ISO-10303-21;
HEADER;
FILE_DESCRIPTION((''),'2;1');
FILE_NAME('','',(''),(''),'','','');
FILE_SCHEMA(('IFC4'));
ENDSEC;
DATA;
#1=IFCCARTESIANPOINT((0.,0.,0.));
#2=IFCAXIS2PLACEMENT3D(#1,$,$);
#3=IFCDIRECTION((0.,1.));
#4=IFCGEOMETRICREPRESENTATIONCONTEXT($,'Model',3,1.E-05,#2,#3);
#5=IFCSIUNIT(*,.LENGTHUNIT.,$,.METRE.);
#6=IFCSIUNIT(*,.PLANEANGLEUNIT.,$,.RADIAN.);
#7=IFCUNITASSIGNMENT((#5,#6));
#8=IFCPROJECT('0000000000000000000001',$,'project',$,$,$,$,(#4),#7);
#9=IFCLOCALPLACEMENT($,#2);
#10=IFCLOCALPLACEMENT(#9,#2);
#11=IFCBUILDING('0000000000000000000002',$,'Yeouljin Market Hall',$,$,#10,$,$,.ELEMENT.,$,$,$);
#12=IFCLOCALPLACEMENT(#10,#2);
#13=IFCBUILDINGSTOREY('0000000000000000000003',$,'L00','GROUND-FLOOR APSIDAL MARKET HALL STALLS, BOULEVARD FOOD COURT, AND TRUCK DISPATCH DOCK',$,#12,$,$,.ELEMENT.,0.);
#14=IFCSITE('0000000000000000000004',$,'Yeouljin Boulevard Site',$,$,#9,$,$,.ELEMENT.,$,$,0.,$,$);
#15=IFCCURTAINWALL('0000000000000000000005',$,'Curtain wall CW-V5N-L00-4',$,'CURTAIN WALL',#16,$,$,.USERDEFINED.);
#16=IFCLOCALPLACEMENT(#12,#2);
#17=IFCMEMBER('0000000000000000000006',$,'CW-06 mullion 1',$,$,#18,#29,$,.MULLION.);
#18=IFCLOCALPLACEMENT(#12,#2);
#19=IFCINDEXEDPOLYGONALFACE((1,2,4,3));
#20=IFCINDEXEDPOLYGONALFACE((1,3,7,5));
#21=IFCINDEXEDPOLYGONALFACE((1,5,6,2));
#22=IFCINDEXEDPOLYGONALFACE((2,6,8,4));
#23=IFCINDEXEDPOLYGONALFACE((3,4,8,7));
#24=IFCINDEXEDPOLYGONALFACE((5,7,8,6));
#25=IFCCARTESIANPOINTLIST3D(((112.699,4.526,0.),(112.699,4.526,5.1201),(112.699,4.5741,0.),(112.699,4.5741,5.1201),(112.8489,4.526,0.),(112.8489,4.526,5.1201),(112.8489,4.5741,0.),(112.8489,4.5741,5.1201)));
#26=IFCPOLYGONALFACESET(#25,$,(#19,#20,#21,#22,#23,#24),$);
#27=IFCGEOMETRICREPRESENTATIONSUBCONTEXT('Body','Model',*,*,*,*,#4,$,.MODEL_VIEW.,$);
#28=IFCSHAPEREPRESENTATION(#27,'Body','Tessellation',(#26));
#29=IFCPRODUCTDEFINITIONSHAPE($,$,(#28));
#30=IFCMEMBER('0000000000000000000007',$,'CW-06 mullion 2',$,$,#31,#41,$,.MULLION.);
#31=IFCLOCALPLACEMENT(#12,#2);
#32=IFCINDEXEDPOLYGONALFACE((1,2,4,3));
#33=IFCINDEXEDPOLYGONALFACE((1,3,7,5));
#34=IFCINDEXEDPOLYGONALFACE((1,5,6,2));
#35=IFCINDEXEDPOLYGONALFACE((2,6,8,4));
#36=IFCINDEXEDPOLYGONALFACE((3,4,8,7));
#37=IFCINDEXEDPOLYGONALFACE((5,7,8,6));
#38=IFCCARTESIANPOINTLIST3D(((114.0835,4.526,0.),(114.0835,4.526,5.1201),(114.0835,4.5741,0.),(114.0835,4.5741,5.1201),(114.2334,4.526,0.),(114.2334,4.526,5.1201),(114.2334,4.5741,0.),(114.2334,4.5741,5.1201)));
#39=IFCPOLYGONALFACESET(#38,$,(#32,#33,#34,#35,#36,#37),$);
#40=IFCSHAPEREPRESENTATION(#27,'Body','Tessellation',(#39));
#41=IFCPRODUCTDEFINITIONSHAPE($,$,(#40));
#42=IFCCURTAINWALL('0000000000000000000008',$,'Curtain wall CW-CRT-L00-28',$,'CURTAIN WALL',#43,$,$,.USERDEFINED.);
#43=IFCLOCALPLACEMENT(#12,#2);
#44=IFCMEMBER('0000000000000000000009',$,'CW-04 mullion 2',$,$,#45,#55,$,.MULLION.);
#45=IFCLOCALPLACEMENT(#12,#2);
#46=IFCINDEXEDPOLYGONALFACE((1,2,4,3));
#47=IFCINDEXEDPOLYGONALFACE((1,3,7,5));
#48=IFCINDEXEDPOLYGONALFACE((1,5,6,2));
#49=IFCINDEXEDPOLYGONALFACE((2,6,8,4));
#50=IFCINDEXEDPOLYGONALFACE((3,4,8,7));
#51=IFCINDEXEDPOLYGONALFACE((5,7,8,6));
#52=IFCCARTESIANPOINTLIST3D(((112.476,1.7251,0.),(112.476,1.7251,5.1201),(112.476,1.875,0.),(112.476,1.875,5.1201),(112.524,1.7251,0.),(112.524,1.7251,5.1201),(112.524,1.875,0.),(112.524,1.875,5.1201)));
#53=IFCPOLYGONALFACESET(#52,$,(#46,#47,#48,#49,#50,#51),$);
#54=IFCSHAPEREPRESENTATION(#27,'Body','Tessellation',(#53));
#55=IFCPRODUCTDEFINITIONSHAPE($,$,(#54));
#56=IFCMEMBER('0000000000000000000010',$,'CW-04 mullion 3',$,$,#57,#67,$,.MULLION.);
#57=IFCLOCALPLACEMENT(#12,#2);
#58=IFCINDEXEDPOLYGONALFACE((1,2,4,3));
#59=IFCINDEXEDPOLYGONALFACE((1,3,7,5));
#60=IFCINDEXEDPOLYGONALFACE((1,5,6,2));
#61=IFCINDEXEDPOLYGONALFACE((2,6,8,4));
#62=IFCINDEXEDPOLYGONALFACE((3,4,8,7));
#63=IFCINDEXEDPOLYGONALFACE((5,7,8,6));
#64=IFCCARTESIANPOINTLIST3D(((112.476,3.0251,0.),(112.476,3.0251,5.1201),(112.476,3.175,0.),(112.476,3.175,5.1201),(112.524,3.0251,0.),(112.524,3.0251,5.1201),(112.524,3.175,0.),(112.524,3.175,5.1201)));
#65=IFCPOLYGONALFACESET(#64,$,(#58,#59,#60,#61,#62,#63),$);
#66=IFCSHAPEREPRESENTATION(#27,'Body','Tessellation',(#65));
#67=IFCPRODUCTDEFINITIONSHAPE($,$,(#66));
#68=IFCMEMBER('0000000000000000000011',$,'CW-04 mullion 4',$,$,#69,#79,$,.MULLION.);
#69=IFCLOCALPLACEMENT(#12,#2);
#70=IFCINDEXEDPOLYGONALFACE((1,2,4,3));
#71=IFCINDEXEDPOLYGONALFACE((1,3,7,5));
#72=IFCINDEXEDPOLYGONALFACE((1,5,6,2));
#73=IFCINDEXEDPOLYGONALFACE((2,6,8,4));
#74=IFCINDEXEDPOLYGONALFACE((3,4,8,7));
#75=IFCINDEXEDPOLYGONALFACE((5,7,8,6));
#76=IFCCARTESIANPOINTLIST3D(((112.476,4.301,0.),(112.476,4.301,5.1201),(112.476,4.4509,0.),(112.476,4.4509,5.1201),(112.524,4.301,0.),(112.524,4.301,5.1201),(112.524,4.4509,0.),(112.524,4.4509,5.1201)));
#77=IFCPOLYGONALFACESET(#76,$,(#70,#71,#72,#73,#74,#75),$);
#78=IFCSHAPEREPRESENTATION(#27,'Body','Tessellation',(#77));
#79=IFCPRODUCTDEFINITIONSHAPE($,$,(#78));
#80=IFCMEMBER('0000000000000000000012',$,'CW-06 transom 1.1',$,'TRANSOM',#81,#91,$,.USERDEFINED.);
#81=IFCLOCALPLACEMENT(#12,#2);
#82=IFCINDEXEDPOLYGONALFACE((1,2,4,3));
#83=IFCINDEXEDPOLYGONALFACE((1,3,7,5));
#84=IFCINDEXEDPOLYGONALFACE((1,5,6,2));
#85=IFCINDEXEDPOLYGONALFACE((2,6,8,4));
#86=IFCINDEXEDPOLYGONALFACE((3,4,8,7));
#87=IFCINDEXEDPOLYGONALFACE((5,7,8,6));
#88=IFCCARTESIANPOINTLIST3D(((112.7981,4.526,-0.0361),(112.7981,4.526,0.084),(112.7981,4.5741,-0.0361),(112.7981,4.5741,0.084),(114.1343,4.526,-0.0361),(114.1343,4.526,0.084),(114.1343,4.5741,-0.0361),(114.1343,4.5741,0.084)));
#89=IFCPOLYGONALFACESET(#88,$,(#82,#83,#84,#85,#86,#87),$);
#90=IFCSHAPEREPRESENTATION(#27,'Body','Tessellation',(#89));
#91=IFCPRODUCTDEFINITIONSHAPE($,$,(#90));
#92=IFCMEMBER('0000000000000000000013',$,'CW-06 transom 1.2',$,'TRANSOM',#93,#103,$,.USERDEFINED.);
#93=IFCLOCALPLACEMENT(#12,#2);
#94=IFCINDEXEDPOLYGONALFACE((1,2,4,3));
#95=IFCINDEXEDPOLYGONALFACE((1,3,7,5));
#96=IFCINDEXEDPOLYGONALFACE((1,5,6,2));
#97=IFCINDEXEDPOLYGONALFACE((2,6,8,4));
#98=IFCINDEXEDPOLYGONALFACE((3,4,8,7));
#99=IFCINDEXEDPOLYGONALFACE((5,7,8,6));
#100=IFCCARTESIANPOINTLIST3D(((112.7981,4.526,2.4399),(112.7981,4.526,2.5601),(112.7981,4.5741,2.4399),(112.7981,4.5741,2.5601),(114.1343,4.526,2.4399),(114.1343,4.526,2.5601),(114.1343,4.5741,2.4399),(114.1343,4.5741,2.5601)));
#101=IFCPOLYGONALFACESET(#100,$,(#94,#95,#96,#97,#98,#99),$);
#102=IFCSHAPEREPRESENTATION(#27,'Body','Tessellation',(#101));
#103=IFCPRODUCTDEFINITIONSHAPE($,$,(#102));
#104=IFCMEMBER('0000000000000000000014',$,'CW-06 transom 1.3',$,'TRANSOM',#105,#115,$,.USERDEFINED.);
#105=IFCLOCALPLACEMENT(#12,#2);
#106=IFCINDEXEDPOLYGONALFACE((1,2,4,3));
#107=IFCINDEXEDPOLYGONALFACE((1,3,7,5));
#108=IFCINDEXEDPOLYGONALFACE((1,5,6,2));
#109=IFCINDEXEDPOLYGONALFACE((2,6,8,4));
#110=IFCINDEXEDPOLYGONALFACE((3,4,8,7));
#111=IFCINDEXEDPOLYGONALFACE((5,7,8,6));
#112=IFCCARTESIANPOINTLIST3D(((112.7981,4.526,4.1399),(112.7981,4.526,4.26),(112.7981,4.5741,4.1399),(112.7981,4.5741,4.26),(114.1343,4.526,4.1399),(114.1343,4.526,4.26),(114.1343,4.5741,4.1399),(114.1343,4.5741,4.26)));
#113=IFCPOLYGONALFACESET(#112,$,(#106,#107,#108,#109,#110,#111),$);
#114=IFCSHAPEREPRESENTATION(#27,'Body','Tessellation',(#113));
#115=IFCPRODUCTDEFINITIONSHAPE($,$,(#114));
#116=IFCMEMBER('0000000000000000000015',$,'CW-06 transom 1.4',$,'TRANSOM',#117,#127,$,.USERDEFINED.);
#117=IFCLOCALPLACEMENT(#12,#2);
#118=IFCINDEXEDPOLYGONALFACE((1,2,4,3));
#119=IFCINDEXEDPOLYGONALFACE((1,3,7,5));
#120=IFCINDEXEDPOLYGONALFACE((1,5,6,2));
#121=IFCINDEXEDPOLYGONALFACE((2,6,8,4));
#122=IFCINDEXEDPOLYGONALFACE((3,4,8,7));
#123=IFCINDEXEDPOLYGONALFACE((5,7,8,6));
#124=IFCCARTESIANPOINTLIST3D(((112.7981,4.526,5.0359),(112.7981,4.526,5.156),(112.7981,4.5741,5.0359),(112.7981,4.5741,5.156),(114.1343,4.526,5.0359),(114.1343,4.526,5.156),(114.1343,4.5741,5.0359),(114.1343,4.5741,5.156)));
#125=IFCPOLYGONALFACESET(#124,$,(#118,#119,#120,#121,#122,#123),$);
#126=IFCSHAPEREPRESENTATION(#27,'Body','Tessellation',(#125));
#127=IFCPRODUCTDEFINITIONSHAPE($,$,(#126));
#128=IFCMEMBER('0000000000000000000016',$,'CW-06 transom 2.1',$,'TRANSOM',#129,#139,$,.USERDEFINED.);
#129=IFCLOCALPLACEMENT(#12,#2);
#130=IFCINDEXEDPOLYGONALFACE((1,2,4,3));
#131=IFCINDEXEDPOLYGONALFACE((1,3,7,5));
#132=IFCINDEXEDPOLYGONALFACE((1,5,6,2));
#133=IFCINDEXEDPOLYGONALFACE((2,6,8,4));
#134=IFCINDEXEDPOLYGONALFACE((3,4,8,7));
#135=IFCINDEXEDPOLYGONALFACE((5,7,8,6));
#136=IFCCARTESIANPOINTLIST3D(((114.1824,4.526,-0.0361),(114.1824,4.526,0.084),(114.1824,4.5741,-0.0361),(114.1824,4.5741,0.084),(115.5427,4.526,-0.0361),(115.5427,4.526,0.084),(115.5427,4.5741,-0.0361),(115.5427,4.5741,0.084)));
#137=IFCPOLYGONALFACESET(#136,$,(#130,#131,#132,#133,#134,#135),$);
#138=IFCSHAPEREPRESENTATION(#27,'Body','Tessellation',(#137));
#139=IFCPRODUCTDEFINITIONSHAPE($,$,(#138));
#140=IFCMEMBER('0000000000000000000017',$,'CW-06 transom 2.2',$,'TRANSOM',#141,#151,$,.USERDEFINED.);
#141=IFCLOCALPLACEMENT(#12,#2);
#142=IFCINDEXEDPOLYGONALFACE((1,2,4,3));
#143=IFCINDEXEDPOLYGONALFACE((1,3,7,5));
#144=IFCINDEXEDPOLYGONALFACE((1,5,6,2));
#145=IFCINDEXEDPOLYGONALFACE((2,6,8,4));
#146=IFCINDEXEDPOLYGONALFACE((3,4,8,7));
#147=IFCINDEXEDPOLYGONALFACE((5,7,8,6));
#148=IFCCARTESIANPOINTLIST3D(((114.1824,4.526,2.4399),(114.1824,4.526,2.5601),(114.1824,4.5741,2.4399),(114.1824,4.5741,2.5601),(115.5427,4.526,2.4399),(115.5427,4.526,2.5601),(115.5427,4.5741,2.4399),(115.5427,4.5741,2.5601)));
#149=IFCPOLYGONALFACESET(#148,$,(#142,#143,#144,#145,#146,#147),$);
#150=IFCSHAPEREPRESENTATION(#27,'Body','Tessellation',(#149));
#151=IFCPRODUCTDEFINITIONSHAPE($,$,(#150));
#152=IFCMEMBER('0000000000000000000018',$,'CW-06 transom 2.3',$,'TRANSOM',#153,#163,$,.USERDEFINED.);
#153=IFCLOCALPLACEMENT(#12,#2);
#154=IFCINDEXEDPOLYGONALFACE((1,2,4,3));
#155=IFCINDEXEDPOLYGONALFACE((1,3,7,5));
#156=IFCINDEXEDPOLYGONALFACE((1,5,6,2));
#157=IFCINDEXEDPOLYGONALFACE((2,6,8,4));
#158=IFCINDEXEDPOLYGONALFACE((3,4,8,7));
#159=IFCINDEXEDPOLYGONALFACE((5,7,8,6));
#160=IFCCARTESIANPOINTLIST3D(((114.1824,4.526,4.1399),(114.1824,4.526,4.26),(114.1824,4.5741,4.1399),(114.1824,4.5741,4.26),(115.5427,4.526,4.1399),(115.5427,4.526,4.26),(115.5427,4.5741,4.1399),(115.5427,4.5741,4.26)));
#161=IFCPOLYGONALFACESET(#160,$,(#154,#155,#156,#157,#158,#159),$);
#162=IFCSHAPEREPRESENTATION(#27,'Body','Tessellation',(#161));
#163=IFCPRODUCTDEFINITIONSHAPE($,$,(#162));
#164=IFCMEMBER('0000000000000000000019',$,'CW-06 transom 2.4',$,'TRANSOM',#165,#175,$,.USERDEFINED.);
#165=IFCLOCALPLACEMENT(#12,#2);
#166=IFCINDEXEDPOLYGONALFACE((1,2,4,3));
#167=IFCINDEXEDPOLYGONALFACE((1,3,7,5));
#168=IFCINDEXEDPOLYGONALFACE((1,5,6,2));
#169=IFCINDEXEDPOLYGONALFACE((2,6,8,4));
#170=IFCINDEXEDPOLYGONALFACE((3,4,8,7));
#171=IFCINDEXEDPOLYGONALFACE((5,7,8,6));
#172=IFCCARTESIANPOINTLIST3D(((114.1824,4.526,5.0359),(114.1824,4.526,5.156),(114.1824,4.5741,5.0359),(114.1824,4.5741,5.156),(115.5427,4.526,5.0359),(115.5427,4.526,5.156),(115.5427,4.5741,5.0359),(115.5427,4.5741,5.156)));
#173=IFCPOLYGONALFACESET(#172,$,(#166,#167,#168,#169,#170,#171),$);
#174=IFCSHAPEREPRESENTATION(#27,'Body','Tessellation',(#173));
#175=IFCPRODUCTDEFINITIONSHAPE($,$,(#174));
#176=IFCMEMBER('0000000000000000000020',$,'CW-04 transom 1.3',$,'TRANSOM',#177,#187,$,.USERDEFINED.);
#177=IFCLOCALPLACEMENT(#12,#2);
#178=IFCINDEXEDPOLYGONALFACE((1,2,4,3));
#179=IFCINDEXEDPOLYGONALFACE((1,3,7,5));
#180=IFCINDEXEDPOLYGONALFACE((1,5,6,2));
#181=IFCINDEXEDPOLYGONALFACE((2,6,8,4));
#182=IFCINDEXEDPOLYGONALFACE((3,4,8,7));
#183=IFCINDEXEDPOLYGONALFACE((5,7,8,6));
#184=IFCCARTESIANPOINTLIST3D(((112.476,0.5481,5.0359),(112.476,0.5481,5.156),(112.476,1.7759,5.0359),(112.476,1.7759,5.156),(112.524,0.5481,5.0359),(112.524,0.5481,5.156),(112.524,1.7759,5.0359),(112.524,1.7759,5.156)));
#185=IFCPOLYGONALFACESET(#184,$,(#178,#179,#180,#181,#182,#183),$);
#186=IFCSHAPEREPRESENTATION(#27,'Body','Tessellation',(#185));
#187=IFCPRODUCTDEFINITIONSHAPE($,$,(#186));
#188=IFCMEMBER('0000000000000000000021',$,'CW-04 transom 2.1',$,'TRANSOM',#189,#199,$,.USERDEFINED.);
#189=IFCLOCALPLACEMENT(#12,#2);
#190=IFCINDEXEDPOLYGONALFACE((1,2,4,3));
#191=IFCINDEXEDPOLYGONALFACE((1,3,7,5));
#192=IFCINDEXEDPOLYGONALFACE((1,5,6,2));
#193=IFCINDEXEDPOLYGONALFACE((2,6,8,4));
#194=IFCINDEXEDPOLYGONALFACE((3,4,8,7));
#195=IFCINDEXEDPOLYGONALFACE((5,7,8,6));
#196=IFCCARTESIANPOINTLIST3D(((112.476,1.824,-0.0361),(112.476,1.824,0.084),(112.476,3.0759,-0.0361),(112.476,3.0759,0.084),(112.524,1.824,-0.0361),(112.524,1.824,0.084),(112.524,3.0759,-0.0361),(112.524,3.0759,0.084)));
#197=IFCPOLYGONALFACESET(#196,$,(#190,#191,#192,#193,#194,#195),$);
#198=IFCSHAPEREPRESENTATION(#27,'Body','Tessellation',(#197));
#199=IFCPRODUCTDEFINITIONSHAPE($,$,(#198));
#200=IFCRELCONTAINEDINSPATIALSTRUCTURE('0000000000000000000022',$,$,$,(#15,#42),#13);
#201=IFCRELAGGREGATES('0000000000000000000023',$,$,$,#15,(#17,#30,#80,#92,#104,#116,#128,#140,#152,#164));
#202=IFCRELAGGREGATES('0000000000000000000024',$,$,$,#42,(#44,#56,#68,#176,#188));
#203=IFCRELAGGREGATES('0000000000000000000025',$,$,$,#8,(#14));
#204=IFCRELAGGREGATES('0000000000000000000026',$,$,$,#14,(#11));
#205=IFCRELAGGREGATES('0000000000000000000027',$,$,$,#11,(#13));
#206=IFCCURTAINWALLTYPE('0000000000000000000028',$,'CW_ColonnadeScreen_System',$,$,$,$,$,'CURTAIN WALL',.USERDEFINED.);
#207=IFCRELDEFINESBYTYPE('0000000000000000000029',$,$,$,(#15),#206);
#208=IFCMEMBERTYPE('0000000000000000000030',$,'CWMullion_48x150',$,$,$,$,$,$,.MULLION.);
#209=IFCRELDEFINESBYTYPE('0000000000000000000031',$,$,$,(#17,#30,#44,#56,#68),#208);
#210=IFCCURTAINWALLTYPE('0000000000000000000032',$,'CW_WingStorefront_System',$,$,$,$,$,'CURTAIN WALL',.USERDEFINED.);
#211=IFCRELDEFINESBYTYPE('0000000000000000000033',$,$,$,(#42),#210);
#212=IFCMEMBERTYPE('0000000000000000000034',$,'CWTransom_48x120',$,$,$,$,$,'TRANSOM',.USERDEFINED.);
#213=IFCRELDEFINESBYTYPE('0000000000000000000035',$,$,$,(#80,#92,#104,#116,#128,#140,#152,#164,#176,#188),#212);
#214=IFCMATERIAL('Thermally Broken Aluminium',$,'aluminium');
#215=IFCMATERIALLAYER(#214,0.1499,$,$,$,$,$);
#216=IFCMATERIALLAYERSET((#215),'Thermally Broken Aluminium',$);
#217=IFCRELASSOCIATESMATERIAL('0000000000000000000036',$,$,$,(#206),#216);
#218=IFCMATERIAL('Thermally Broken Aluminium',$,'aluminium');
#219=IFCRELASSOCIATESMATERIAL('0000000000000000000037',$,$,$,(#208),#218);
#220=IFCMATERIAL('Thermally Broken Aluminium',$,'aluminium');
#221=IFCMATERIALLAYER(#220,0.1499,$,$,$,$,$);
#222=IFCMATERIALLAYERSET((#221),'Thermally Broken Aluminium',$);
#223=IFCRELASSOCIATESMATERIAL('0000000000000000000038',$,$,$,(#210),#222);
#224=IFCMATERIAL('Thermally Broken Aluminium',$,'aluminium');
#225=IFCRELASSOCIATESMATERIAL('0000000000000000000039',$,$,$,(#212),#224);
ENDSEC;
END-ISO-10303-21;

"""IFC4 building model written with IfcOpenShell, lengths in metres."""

from ifc_helpers import new_model, si_unit, direction, frame, origin, origin_2d, place, context, subcontext, project, spatial, rectangle, extrude, material, layer, layer_set, material_profile, profile_set, type_object, element, aggregate, save


model = new_model("IFC4")

# Units and contexts
model_context = context("Model", 3, precision=1e-05, world=origin(), true_north=direction((0.0, 1.0)))
body_context = subcontext(model_context, "Body", "Model", "MODEL_VIEW")
ifc_project = project(units=[si_unit("LENGTHUNIT", "METRE"), si_unit("PLANEANGLEUNIT", "RADIAN")], contexts=[model_context])

# Site, building, storey
site_placement = place(None, origin())
site = spatial("IfcSite", under=ifc_project, at=site_placement, Name="Yeouljin Boulevard Site", CompositionType="ELEMENT", RefElevation=0.0)
building_placement = place(site_placement, origin())
building = spatial("IfcBuilding", under=site, at=building_placement, Name="Yeouljin Market Hall", CompositionType="ELEMENT")
storey_placement = place(building_placement, origin())
storey = spatial("IfcBuildingStorey", under=building, at=storey_placement, Name="L00", Description="GROUND-FLOOR APSIDAL MARKET HALL STALLS, BOULEVARD FOOD COURT, AND TRUCK DISPATCH DOCK", CompositionType="ELEMENT", Elevation=0.0)

# Curtain walls, members
ifc_material_1 = material(Name="Thermally Broken Aluminium", Category="aluminium")
ifc_layer_1 = layer(ifc_material_1, 0.1499)
ifc_layer_set_1 = layer_set([ifc_layer_1], Name="Thermally Broken Aluminium")
curtain_wall_type_1 = type_object("IfcCurtainWallType", Name="CW_ColonnadeScreen_System", ElementType="CURTAIN WALL", PredefinedType="USERDEFINED", material=ifc_layer_set_1)
curtain_wall_1_placement = place(storey_placement, origin())
curtain_wall_1 = element("IfcCurtainWall", 1, at=curtain_wall_1_placement, inside=storey, type_object=curtain_wall_type_1, Name="Curtain wall CW-V5N-L00-4", ObjectType="CURTAIN WALL", PredefinedType="USERDEFINED")
ifc_material_2 = material(Name="Thermally Broken Aluminium", Category="aluminium")
ifc_material_profile_1 = material_profile(ifc_material_2, rectangle(XDim=0.0481, YDim=0.1499, at=origin_2d()), Name="CW-MULL-48x150")
ifc_profile_set_1 = profile_set([ifc_material_profile_1], Name="Thermally Broken Aluminium")
member_type_1 = type_object("IfcMemberType", Name="CWMullion_48x150", PredefinedType="MULLION", material=ifc_profile_set_1)
member_1_placement = place(storey_placement, frame((112.7739, 4.55, 0.0), z_axis=(0.0, 0.0, 1.0), x_axis=(0.0, 1.0, 0.0)))
member_1 = element("IfcMember", 2, at=member_1_placement, type_object=member_type_1, Name="CW-06 mullion 1", PredefinedType="MULLION", context=body_context, shape_type="SweptSolid", body=[
    extrude(rectangle(XDim=0.0481, YDim=0.1499, at=origin_2d()), origin(), (0.0, 0.0, 1.0), 5.1201),
])
member_2_placement = place(storey_placement, frame((114.1584, 4.55, 0.0), z_axis=(0.0, 0.0, 1.0), x_axis=(0.0, 1.0, 0.0)))
member_2 = element("IfcMember", 3, at=member_2_placement, type_object=member_type_1, Name="CW-06 mullion 2", PredefinedType="MULLION", context=body_context, shape_type="SweptSolid", body=[
    extrude(rectangle(XDim=0.0481, YDim=0.1499, at=origin_2d()), origin(), (0.0, 0.0, 1.0), 5.1201),
])
ifc_material_3 = material(Name="Thermally Broken Aluminium", Category="aluminium")
ifc_layer_2 = layer(ifc_material_3, 0.1499)
ifc_layer_set_2 = layer_set([ifc_layer_2], Name="Thermally Broken Aluminium")
curtain_wall_type_2 = type_object("IfcCurtainWallType", Name="CW_WingStorefront_System", ElementType="CURTAIN WALL", PredefinedType="USERDEFINED", material=ifc_layer_set_2)
curtain_wall_2_placement = place(storey_placement, origin())
curtain_wall_2 = element("IfcCurtainWall", 4, at=curtain_wall_2_placement, inside=storey, type_object=curtain_wall_type_2, Name="Curtain wall CW-CRT-L00-28", ObjectType="CURTAIN WALL", PredefinedType="USERDEFINED")
member_3_placement = place(storey_placement, frame((112.5, 1.8, 0.0), z_axis=(0.0, 0.0, 1.0), x_axis=(-1.0, 0.0, 0.0)))
member_3 = element("IfcMember", 5, at=member_3_placement, type_object=member_type_1, Name="CW-04 mullion 2", PredefinedType="MULLION", context=body_context, shape_type="SweptSolid", body=[
    extrude(rectangle(XDim=0.0481, YDim=0.1499, at=origin_2d()), origin(), (0.0, 0.0, 1.0), 5.1201),
])
member_4_placement = place(storey_placement, frame((112.5, 3.1001, 0.0), z_axis=(0.0, 0.0, 1.0), x_axis=(-1.0, 0.0, 0.0)))
member_4 = element("IfcMember", 6, at=member_4_placement, type_object=member_type_1, Name="CW-04 mullion 3", PredefinedType="MULLION", context=body_context, shape_type="SweptSolid", body=[
    extrude(rectangle(XDim=0.0481, YDim=0.1499, at=origin_2d()), origin(), (0.0, 0.0, 1.0), 5.1201),
])
member_5_placement = place(storey_placement, frame((112.5, 4.376, 0.0), z_axis=(0.0, 0.0, 1.0), x_axis=(-1.0, 0.0, 0.0)))
member_5 = element("IfcMember", 7, at=member_5_placement, type_object=member_type_1, Name="CW-04 mullion 4", PredefinedType="MULLION", context=body_context, shape_type="SweptSolid", body=[
    extrude(rectangle(XDim=0.0481, YDim=0.1499, at=origin_2d()), origin(), (0.0, 0.0, 1.0), 5.1201),
])

# Members
ifc_material_4 = material(Name="Thermally Broken Aluminium", Category="aluminium")
ifc_material_profile_2 = material_profile(ifc_material_4, rectangle(XDim=0.0481, YDim=0.1201, at=origin_2d()), Name="CW-TRAN-48x120")
ifc_profile_set_2 = profile_set([ifc_material_profile_2], Name="Thermally Broken Aluminium")
member_type_2 = type_object("IfcMemberType", Name="CWTransom_48x120", ElementType="TRANSOM", PredefinedType="USERDEFINED", material=ifc_profile_set_2)
member_6_placement = place(storey_placement, frame((112.7981, 4.55, 0.0239), z_axis=(1.0, 0.0, 0.0), x_axis=(0.0, 1.0, 0.0)))
member_6 = element("IfcMember", 8, at=member_6_placement, type_object=member_type_2, Name="CW-06 transom 1.1", ObjectType="TRANSOM", PredefinedType="USERDEFINED", context=body_context, shape_type="SweptSolid", body=[
    extrude(rectangle(XDim=0.0481, YDim=0.1201, at=origin_2d()), origin(), (0.0, 0.0, 1.0), 1.3362),
])
member_7_placement = place(storey_placement, frame((112.7981, 4.55, 2.5), z_axis=(1.0, 0.0, 0.0), x_axis=(0.0, 1.0, 0.0)))
member_7 = element("IfcMember", 9, at=member_7_placement, type_object=member_type_2, Name="CW-06 transom 1.2", ObjectType="TRANSOM", PredefinedType="USERDEFINED", context=body_context, shape_type="SweptSolid", body=[
    extrude(rectangle(XDim=0.0481, YDim=0.1201, at=origin_2d()), origin(), (0.0, 0.0, 1.0), 1.3362),
])
member_8_placement = place(storey_placement, frame((112.7981, 4.55, 4.2), z_axis=(1.0, 0.0, 0.0), x_axis=(0.0, 1.0, 0.0)))
member_8 = element("IfcMember", 10, at=member_8_placement, type_object=member_type_2, Name="CW-06 transom 1.3", ObjectType="TRANSOM", PredefinedType="USERDEFINED", context=body_context, shape_type="SweptSolid", body=[
    extrude(rectangle(XDim=0.0481, YDim=0.1201, at=origin_2d()), origin(), (0.0, 0.0, 1.0), 1.3362),
])
member_9_placement = place(storey_placement, frame((112.7981, 4.55, 5.0959), z_axis=(1.0, 0.0, 0.0), x_axis=(0.0, 1.0, 0.0)))
member_9 = element("IfcMember", 11, at=member_9_placement, type_object=member_type_2, Name="CW-06 transom 1.4", ObjectType="TRANSOM", PredefinedType="USERDEFINED", context=body_context, shape_type="SweptSolid", body=[
    extrude(rectangle(XDim=0.0481, YDim=0.1201, at=origin_2d()), origin(), (0.0, 0.0, 1.0), 1.3362),
])
member_10_placement = place(storey_placement, frame((114.1824, 4.55, 0.0239), z_axis=(1.0, 0.0, 0.0), x_axis=(0.0, 1.0, 0.0)))
member_10 = element("IfcMember", 12, at=member_10_placement, type_object=member_type_2, Name="CW-06 transom 2.1", ObjectType="TRANSOM", PredefinedType="USERDEFINED", context=body_context, shape_type="SweptSolid", body=[
    extrude(rectangle(XDim=0.0481, YDim=0.1201, at=origin_2d()), origin(), (0.0, 0.0, 1.0), 1.3604),
])
member_11_placement = place(storey_placement, frame((114.1824, 4.55, 2.5), z_axis=(1.0, 0.0, 0.0), x_axis=(0.0, 1.0, 0.0)))
member_11 = element("IfcMember", 13, at=member_11_placement, type_object=member_type_2, Name="CW-06 transom 2.2", ObjectType="TRANSOM", PredefinedType="USERDEFINED", context=body_context, shape_type="SweptSolid", body=[
    extrude(rectangle(XDim=0.0481, YDim=0.1201, at=origin_2d()), origin(), (0.0, 0.0, 1.0), 1.3604),
])
member_12_placement = place(storey_placement, frame((114.1824, 4.55, 4.2), z_axis=(1.0, 0.0, 0.0), x_axis=(0.0, 1.0, 0.0)))
member_12 = element("IfcMember", 14, at=member_12_placement, type_object=member_type_2, Name="CW-06 transom 2.3", ObjectType="TRANSOM", PredefinedType="USERDEFINED", context=body_context, shape_type="SweptSolid", body=[
    extrude(rectangle(XDim=0.0481, YDim=0.1201, at=origin_2d()), origin(), (0.0, 0.0, 1.0), 1.3604),
])
member_13_placement = place(storey_placement, frame((114.1824, 4.55, 5.0959), z_axis=(1.0, 0.0, 0.0), x_axis=(0.0, 1.0, 0.0)))
member_13 = element("IfcMember", 15, at=member_13_placement, type_object=member_type_2, Name="CW-06 transom 2.4", ObjectType="TRANSOM", PredefinedType="USERDEFINED", context=body_context, shape_type="SweptSolid", body=[
    extrude(rectangle(XDim=0.0481, YDim=0.1201, at=origin_2d()), origin(), (0.0, 0.0, 1.0), 1.3604),
])
member_14_placement = place(storey_placement, frame((112.5, 0.5481, 5.0959), z_axis=(0.0, 1.0, 0.0), x_axis=(-1.0, 0.0, 0.0)))
member_14 = element("IfcMember", 16, at=member_14_placement, type_object=member_type_2, Name="CW-04 transom 1.3", ObjectType="TRANSOM", PredefinedType="USERDEFINED", context=body_context, shape_type="SweptSolid", body=[
    extrude(rectangle(XDim=0.0481, YDim=0.1201, at=origin_2d()), origin(), (0.0, 0.0, 1.0), 1.2278),
])
member_15_placement = place(storey_placement, frame((112.5, 1.824, 0.0239), z_axis=(0.0, 1.0, 0.0), x_axis=(-1.0, 0.0, 0.0)))
member_15 = element("IfcMember", 17, at=member_15_placement, type_object=member_type_2, Name="CW-04 transom 2.1", ObjectType="TRANSOM", PredefinedType="USERDEFINED", context=body_context, shape_type="SweptSolid", body=[
    extrude(rectangle(XDim=0.0481, YDim=0.1201, at=origin_2d()), origin(), (0.0, 0.0, 1.0), 1.252),
])

aggregate(curtain_wall_1, [member_1, member_2, member_6, member_7, member_8, member_9, member_10, member_11, member_12, member_13])
aggregate(curtain_wall_2, [member_3, member_4, member_5, member_14, member_15])

save(model, "model.ifc")
